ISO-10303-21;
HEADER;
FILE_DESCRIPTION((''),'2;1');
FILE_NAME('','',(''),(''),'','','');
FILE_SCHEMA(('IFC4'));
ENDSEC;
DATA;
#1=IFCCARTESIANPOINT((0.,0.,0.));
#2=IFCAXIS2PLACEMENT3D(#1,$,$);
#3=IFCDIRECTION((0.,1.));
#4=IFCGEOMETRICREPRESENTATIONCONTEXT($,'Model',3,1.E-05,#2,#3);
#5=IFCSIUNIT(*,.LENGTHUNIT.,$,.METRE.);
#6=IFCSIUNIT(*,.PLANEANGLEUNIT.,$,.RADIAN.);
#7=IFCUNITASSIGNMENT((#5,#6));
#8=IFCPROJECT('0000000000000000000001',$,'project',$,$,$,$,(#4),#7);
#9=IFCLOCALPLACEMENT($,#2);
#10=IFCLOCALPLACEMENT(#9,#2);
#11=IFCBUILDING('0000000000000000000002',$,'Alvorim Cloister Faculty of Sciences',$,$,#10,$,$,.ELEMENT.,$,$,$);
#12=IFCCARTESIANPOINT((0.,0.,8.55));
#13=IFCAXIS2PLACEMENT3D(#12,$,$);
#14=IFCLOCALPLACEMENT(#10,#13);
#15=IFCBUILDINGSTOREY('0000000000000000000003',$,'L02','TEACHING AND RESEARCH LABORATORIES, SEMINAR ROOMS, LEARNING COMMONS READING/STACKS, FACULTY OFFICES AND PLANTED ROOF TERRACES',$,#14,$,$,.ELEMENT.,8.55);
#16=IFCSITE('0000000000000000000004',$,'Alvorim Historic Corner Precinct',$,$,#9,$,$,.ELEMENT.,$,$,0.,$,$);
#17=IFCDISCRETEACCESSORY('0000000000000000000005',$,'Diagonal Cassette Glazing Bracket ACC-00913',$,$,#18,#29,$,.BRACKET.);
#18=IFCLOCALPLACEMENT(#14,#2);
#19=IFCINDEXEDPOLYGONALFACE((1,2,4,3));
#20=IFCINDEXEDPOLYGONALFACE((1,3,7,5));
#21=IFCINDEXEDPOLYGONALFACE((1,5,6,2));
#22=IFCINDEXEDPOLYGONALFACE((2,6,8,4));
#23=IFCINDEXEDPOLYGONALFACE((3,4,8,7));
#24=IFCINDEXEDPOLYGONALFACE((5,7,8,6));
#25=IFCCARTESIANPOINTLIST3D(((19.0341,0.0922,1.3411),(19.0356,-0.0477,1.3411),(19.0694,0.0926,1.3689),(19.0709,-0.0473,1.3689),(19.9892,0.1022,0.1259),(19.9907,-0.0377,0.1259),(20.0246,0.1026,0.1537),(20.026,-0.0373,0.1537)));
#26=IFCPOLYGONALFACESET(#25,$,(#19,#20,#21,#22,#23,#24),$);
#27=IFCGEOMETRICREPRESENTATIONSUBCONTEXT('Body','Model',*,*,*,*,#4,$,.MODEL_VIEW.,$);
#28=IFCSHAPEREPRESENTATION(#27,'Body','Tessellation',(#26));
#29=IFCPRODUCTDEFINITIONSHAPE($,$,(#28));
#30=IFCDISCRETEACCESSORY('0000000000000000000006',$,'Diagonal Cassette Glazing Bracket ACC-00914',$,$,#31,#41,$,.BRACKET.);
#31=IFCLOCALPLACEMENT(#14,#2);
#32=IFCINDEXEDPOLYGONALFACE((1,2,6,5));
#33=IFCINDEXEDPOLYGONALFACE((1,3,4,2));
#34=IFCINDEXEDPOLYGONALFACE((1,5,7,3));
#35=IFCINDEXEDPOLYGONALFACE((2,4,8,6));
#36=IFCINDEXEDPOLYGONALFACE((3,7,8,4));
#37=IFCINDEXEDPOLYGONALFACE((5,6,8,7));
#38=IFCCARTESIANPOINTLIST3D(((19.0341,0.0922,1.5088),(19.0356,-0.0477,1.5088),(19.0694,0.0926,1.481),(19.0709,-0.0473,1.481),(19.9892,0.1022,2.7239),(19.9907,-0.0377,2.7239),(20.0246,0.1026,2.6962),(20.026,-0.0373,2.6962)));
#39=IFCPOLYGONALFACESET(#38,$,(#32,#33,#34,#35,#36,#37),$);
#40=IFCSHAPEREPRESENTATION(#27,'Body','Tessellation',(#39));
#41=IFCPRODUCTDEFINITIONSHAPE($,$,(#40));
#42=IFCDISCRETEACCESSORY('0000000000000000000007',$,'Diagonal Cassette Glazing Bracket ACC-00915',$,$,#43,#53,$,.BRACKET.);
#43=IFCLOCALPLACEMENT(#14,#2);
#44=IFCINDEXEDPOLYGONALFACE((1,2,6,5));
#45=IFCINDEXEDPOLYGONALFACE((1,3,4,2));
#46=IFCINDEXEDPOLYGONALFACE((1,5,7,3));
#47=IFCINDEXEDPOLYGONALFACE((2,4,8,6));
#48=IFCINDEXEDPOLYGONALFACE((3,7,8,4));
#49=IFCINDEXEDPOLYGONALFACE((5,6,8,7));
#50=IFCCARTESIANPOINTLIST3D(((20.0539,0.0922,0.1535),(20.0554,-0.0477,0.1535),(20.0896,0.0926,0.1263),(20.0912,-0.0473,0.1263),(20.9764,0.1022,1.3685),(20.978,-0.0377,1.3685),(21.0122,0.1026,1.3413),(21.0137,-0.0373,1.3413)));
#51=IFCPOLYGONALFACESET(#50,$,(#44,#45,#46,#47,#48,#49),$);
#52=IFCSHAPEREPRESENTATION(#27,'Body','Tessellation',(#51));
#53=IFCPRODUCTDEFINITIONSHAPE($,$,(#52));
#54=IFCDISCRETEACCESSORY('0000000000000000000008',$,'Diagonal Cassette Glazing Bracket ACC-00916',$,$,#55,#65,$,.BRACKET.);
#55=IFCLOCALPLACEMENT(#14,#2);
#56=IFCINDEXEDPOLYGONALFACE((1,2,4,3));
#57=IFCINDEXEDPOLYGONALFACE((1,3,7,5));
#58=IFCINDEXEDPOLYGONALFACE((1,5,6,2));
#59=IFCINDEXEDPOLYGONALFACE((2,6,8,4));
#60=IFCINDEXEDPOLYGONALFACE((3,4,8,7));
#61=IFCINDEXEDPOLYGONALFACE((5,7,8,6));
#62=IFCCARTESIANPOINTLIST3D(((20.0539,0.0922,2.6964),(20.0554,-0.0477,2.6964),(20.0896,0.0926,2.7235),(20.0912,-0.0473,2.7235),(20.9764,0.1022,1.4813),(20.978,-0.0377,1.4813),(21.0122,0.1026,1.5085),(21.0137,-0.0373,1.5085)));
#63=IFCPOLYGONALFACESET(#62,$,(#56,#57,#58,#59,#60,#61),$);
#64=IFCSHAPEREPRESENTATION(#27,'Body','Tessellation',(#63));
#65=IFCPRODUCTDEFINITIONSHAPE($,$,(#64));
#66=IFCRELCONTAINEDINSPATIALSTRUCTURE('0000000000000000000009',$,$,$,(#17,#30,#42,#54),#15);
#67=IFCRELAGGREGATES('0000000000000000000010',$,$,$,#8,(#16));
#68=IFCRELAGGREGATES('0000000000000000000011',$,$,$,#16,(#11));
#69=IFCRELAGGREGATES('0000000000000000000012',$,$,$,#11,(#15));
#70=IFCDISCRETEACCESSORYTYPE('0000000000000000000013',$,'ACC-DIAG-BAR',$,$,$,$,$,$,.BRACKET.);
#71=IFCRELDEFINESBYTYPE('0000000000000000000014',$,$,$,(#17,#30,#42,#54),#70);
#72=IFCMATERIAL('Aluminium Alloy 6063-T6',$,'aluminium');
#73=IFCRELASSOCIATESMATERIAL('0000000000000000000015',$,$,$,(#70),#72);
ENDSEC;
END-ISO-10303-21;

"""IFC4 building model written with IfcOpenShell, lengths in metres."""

from ifc_helpers import new_model, si_unit, direction, frame, origin, origin_2d, place, context, subcontext, project, spatial, rectangle, extrude, material, type_object, element, save


model = new_model("IFC4")

# Units and contexts
model_context = context("Model", 3, precision=1e-05, world=origin(), true_north=direction((0.0, 1.0)))
body_context = subcontext(model_context, "Body", "Model", "MODEL_VIEW")
ifc_project = project(units=[si_unit("LENGTHUNIT", "METRE"), si_unit("PLANEANGLEUNIT", "RADIAN")], contexts=[model_context])

# Site, building, storey
site_placement = place(None, origin())
site = spatial("IfcSite", under=ifc_project, at=site_placement, Name="Alvorim Historic Corner Precinct", CompositionType="ELEMENT", RefElevation=0.0)
building_placement = place(site_placement, origin())
building = spatial("IfcBuilding", under=site, at=building_placement, Name="Alvorim Cloister Faculty of Sciences", CompositionType="ELEMENT")
storey_placement = place(building_placement, frame((0.0, 0.0, 8.55)))
storey = spatial("IfcBuildingStorey", under=building, at=storey_placement, Name="L02", Description="TEACHING AND RESEARCH LABORATORIES, SEMINAR ROOMS, LEARNING COMMONS READING/STACKS, FACULTY OFFICES AND PLANTED ROOF TERRACES", CompositionType="ELEMENT", Elevation=8.55)

# Shared definitions
ifc_material_1 = material(Name="Aluminium Alloy 6063-T6", Category="aluminium")

# Discrete accessories
discrete_accessory_type = type_object("IfcDiscreteAccessoryType", Name="ACC-DIAG-BAR", PredefinedType="BRACKET", material=ifc_material_1)
for number, where, z_axis, x_axis, name in (
    (1, (19.0525, 0.0225, 1.355), (0.617955, 0.006477, -0.786187), (-0.01048, 0.999945, 0.0), "Diagonal Cassette Glazing Bracket ACC-00913"),
    (2, (19.0525, 0.0225, 1.4949), (0.617955, 0.006477, 0.786187), (-0.01048, 0.999945, 0.0), "Diagonal Cassette Glazing Bracket ACC-00914"),
):
    element("IfcDiscreteAccessory", number, at=place(storey_placement, frame(where, z_axis=z_axis, x_axis=x_axis)), inside=storey, type_object=discrete_accessory_type, Name=name, PredefinedType="BRACKET", context=body_context, shape_type="SweptSolid", body=[
        extrude(rectangle(XDim=0.1399, YDim=0.0449, at=origin_2d()), origin(), (0.0, 0.0, 1.0), 1.5457),
    ])
for number, where, z_axis, x_axis, name in (
    (3, (20.0725, 0.0225, 0.1399), (0.604713, 0.006561, 0.796416), (-0.010849, 0.999941, 0.0), "Diagonal Cassette Glazing Bracket ACC-00915"),
    (4, (20.0725, 0.0225, 2.71), (0.604713, 0.006561, -0.796416), (-0.010849, 0.999941, 0.0), "Diagonal Cassette Glazing Bracket ACC-00916"),
):
    element("IfcDiscreteAccessory", number, at=place(storey_placement, frame(where, z_axis=z_axis, x_axis=x_axis)), inside=storey, type_object=discrete_accessory_type, Name=name, PredefinedType="BRACKET", context=body_context, shape_type="SweptSolid", body=[
        extrude(rectangle(XDim=0.1399, YDim=0.0449, at=origin_2d()), origin(), (0.0, 0.0, 1.0), 1.5256),
    ])

save(model, "model.ifc")
